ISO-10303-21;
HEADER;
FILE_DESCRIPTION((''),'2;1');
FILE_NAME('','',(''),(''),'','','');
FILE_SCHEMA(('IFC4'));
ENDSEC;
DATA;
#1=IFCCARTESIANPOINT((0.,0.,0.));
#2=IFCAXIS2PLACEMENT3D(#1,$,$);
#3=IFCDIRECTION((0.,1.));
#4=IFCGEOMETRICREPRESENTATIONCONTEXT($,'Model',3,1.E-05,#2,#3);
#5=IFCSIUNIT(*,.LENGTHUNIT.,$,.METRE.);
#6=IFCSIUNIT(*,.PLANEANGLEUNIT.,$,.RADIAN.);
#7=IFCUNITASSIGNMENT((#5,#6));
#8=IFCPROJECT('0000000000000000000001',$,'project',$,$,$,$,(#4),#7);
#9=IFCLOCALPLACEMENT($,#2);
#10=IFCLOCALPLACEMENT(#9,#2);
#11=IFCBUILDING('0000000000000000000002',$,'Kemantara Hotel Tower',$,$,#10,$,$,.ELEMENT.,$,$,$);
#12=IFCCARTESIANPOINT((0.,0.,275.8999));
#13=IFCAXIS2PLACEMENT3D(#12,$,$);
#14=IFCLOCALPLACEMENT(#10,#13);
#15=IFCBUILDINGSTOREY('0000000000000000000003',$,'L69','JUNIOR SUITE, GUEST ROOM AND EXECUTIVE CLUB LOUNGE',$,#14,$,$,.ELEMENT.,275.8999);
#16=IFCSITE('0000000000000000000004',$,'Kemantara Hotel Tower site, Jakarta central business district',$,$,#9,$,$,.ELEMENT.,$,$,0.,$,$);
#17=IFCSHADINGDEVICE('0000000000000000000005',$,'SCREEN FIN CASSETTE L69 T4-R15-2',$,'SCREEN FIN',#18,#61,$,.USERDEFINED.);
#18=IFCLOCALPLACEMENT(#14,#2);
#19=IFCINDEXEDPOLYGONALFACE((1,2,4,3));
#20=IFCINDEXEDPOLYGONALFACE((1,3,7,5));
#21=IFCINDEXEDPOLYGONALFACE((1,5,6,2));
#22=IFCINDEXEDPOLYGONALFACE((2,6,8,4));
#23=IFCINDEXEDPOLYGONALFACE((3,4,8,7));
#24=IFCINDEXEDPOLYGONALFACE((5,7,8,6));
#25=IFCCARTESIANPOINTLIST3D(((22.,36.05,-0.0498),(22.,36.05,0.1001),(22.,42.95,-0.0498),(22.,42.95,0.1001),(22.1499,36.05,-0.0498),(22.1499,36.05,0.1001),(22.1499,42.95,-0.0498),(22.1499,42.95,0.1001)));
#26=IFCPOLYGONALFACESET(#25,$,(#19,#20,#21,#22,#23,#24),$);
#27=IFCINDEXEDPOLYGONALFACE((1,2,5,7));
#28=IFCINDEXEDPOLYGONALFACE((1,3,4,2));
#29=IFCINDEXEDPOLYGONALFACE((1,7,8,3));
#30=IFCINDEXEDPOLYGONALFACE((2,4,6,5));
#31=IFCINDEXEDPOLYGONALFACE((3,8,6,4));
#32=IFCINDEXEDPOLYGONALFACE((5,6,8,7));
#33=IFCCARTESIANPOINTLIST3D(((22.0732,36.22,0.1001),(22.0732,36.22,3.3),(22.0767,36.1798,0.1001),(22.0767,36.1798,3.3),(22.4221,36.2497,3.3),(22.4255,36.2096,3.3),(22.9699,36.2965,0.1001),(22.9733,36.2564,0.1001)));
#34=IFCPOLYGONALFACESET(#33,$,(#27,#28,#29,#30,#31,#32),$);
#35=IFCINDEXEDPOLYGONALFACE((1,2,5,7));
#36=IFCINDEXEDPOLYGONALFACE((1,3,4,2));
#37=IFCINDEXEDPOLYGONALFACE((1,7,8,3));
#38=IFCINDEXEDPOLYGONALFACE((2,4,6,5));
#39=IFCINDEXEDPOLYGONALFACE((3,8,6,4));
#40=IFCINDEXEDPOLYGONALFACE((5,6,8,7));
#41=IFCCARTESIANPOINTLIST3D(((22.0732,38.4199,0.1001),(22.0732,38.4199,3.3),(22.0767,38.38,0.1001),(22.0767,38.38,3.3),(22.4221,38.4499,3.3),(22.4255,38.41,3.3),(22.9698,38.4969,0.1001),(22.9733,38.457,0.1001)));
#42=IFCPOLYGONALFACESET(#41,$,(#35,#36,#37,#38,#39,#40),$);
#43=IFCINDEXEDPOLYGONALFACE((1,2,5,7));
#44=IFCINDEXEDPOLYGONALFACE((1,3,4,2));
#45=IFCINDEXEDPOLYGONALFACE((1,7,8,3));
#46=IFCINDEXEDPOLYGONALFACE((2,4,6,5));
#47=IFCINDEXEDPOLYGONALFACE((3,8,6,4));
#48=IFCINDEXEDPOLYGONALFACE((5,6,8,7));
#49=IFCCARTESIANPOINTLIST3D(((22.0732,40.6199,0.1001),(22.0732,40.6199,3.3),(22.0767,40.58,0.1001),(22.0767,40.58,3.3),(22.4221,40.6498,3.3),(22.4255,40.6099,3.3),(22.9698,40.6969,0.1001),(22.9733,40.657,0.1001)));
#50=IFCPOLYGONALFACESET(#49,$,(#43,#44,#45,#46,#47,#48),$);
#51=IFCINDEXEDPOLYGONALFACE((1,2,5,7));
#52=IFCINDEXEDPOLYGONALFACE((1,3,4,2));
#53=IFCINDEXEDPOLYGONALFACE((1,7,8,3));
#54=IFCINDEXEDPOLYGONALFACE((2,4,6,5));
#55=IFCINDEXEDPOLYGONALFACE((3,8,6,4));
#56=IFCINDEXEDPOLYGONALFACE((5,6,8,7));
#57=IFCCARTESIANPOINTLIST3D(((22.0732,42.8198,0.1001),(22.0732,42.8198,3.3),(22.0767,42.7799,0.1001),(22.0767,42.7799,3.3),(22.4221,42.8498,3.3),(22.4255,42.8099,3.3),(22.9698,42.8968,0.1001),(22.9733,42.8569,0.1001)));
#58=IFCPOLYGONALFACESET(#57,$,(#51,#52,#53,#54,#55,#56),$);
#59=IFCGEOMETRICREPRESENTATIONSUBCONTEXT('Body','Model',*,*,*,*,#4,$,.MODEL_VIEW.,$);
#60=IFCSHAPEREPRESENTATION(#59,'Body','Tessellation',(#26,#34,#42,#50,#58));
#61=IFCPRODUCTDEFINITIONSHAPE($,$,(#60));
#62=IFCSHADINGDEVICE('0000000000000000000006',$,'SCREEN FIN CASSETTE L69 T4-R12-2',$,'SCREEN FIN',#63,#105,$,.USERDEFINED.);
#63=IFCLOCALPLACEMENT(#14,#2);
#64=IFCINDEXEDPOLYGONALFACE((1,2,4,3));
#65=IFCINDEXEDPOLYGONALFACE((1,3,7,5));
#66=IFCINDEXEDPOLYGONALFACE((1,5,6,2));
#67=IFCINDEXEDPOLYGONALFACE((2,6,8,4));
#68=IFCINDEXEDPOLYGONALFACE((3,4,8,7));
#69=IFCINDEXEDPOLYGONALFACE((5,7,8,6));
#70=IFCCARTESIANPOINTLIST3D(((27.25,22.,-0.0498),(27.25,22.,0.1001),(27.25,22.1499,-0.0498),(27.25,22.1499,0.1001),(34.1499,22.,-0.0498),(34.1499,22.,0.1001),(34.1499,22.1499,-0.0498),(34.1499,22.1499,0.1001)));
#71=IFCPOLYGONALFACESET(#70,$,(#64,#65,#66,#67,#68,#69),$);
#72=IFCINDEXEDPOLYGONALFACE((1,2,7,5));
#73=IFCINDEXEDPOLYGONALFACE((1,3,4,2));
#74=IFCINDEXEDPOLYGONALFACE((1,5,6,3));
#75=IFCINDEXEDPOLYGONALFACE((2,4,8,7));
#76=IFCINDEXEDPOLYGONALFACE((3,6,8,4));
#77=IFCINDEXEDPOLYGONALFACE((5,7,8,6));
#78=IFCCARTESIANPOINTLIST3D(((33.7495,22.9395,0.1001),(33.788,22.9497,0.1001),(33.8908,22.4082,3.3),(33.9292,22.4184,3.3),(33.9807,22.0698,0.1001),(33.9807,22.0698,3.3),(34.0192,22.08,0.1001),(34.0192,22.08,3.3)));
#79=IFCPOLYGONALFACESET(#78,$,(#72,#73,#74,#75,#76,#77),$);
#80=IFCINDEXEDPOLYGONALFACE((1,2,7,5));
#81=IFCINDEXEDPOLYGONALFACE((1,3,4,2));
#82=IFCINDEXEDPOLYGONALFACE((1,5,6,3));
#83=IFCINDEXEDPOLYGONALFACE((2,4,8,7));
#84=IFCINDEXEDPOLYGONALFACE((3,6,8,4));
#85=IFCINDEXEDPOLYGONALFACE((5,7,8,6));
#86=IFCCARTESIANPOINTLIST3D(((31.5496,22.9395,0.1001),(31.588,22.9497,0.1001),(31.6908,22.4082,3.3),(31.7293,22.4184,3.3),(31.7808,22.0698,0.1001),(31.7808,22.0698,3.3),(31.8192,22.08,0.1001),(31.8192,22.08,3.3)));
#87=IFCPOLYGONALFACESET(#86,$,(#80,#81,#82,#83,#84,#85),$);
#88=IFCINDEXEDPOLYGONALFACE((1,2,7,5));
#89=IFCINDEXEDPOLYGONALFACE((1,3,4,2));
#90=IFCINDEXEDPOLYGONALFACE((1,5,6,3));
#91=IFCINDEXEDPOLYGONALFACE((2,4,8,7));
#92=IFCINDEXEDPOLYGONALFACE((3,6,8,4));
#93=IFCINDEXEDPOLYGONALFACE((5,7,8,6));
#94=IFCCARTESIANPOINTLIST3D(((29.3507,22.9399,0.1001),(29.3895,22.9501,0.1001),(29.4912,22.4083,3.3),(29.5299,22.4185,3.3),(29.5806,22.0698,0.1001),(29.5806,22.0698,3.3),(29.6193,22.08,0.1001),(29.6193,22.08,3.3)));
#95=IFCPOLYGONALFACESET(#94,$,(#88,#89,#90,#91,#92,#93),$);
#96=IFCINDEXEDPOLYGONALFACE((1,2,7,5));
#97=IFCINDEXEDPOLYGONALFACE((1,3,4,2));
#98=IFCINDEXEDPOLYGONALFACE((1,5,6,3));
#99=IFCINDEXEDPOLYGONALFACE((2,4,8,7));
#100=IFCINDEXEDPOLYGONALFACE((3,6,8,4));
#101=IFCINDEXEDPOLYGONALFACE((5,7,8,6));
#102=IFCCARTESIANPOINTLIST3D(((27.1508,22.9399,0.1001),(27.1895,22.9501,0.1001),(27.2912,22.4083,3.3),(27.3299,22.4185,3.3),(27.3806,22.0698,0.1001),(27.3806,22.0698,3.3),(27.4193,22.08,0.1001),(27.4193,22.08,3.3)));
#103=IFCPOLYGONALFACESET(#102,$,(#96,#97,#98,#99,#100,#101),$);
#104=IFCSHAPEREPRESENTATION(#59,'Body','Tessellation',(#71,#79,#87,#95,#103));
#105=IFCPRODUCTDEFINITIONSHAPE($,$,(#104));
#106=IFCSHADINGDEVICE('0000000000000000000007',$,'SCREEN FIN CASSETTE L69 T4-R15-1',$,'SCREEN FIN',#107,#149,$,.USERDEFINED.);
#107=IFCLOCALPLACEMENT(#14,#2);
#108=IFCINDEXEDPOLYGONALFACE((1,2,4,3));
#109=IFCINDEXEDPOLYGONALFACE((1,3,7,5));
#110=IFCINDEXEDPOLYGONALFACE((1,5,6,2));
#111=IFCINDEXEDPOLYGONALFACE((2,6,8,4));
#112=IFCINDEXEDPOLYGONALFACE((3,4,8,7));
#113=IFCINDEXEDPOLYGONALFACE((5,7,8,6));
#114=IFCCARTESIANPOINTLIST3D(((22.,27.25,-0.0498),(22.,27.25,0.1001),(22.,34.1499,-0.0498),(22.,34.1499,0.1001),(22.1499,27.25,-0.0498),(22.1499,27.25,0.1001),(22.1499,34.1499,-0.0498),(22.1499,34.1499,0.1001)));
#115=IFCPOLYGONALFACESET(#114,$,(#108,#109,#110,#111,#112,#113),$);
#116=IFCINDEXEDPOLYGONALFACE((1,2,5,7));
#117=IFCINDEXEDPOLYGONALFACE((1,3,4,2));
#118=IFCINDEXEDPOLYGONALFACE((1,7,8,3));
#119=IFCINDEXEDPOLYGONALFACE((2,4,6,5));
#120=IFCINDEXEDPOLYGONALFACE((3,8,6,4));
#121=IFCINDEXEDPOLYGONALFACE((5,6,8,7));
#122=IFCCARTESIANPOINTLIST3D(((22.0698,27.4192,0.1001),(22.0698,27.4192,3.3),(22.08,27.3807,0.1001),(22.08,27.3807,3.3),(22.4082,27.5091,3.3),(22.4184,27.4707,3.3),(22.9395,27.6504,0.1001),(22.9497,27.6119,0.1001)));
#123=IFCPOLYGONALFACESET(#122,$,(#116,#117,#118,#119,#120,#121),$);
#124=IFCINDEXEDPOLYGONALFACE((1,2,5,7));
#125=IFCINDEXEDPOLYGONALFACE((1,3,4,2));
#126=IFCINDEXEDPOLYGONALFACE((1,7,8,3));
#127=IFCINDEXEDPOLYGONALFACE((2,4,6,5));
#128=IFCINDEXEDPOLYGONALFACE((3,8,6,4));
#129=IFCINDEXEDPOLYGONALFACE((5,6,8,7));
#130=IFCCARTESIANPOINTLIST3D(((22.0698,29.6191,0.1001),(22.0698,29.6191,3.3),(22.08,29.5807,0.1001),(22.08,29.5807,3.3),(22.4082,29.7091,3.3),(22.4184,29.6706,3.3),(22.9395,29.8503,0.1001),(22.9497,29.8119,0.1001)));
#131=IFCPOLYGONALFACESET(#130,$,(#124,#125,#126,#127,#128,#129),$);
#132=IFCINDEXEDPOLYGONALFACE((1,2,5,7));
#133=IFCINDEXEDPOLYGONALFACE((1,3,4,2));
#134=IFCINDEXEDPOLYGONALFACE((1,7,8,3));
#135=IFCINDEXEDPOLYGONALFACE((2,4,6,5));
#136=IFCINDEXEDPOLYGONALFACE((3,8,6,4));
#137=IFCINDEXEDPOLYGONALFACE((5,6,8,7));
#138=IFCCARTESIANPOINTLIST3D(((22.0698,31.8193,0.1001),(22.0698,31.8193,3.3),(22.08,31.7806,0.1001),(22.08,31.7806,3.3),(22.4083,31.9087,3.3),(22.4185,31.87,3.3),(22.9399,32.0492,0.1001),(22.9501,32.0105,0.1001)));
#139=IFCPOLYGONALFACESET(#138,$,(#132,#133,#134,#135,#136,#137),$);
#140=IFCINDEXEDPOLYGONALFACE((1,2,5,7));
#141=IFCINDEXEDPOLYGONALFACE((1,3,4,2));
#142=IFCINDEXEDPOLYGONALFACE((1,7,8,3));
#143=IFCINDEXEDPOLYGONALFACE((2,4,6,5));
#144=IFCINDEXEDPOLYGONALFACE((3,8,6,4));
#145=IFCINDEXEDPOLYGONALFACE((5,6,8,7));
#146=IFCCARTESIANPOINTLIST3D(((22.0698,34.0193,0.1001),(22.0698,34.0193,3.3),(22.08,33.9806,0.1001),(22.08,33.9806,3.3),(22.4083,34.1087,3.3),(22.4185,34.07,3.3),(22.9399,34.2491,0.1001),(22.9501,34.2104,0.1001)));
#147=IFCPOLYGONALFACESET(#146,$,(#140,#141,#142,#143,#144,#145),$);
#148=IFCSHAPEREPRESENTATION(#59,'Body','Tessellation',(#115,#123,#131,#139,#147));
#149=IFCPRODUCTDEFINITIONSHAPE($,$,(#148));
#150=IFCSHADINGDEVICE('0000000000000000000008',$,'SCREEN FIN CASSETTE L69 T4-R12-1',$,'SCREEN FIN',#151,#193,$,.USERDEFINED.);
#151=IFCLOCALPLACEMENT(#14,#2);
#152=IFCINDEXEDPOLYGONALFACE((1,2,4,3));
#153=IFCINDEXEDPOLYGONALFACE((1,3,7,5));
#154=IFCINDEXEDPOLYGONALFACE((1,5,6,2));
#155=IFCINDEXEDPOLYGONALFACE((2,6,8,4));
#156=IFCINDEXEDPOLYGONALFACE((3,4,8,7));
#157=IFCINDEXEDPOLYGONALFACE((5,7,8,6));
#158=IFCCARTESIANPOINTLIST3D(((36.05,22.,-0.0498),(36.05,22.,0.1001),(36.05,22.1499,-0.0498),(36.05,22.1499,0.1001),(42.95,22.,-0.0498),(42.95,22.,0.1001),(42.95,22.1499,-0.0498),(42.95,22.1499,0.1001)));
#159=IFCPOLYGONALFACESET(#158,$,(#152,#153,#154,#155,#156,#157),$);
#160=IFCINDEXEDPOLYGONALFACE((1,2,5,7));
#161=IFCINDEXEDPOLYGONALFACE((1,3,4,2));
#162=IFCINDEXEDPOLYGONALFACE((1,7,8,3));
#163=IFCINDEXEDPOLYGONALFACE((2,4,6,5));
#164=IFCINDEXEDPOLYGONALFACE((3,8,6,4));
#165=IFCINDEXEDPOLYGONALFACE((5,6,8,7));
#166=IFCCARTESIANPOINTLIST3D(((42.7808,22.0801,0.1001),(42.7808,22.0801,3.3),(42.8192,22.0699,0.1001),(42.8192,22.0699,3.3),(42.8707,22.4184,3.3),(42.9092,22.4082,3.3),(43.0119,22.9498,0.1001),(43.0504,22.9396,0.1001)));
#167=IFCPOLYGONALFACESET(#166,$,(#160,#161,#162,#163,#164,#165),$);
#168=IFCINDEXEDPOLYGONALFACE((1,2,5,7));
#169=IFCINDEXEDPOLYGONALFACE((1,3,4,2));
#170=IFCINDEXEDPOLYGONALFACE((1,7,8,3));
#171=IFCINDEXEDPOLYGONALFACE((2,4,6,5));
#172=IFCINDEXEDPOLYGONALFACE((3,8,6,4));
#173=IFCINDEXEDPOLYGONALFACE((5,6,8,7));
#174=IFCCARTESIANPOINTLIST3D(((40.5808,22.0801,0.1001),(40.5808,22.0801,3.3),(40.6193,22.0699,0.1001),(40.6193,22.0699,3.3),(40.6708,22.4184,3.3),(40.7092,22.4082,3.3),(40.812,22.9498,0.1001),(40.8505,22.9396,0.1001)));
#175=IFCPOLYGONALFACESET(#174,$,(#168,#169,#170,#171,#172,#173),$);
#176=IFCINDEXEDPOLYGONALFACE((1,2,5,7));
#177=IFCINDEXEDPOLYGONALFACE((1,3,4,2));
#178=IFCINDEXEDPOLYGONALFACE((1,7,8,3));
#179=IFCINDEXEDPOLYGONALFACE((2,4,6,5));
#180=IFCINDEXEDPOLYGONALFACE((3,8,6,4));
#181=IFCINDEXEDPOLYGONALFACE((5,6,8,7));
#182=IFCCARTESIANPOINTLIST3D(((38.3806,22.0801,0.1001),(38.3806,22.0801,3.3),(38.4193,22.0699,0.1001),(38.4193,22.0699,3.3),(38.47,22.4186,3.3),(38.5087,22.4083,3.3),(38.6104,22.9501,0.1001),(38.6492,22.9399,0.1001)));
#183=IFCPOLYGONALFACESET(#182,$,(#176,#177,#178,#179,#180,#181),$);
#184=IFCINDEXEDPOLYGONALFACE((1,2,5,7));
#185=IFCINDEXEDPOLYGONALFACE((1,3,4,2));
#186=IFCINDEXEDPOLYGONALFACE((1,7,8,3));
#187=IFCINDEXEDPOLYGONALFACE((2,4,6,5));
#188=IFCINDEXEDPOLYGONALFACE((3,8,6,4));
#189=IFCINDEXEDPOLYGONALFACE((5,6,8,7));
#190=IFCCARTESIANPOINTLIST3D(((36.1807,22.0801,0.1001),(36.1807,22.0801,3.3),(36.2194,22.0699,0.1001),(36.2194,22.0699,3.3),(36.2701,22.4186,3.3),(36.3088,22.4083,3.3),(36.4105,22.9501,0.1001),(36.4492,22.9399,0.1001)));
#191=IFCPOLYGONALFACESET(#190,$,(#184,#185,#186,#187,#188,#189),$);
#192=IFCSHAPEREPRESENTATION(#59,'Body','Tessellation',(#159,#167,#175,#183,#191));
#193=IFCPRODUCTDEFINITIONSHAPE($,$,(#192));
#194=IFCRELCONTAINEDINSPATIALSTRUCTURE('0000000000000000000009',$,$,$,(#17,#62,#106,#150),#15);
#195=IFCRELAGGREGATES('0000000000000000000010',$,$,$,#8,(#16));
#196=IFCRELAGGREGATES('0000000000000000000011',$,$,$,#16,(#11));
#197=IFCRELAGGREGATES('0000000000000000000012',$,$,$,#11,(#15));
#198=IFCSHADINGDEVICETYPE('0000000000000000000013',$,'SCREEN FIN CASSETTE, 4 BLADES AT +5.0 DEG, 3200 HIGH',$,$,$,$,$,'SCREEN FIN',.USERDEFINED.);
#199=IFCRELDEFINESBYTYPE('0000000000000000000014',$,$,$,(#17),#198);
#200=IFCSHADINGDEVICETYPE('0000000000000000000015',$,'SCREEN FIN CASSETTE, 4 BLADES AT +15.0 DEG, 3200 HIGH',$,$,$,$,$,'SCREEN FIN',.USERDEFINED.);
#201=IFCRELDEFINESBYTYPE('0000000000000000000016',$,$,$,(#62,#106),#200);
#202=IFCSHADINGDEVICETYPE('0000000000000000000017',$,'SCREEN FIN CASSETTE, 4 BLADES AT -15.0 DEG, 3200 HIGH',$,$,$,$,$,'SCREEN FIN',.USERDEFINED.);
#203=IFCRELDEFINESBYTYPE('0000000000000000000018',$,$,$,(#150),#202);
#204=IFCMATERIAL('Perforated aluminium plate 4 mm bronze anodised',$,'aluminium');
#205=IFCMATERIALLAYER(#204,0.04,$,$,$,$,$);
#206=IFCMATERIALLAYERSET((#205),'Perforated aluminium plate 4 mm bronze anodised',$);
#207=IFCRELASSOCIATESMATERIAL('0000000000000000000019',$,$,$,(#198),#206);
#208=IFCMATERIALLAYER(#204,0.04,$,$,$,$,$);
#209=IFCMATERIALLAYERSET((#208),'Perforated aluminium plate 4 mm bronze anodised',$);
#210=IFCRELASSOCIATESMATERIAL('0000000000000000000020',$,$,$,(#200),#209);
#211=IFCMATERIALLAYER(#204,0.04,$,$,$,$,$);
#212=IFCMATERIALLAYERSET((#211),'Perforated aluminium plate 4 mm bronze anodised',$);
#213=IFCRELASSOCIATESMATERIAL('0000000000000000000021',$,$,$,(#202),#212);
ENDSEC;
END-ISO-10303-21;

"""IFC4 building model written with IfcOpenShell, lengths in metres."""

from ifc_helpers import new_model, si_unit, direction, frame, origin, origin_2d, place, context, subcontext, project, spatial, polyline, rectangle, outline, extrude, source, transform, mapped, material, layer, layer_set, type_object, element, save


model = new_model("IFC4")

# Units and contexts
model_context = context("Model", 3, precision=1e-05, world=origin(), true_north=direction((0.0, 1.0)))
body_context = subcontext(model_context, "Body", "Model", "MODEL_VIEW")
ifc_project = project(units=[si_unit("LENGTHUNIT", "METRE"), si_unit("PLANEANGLEUNIT", "RADIAN")], contexts=[model_context])

# Site, building, storey
site_placement = place(None, origin())
site = spatial("IfcSite", under=ifc_project, at=site_placement, Name="Kemantara Hotel Tower site, Jakarta central business district", CompositionType="ELEMENT", RefElevation=0.0)
building_placement = place(site_placement, origin())
building = spatial("IfcBuilding", under=site, at=building_placement, Name="Kemantara Hotel Tower", CompositionType="ELEMENT")
storey_placement = place(building_placement, frame((0.0, 0.0, 275.8999)))
storey = spatial("IfcBuildingStorey", under=building, at=storey_placement, Name="L69", Description="JUNIOR SUITE, GUEST ROOM AND EXECUTIVE CLUB LOUNGE", CompositionType="ELEMENT", Elevation=275.8999)

# Shading devices
ifc_material_1 = material(Name="Perforated aluminium plate 4 mm bronze anodised", Category="aluminium")
ifc_layer_1 = layer(ifc_material_1, 0.04)
ifc_layer_set_1 = layer_set([ifc_layer_1], Name="Perforated aluminium plate 4 mm bronze anodised")
shading_device_type_1 = type_object("IfcShadingDeviceType", Name="SCREEN FIN CASSETTE, 4 BLADES AT +5.0 DEG, 3200 HIGH", ElementType="SCREEN FIN", PredefinedType="USERDEFINED", material=ifc_layer_set_1)
shared_shape_1 = source(origin(), body_context, "Body", "SweptSolid", [
    extrude(rectangle(XDim=6.8999, YDim=0.1499, at=origin_2d()), frame((3.3, -0.075, -0.1499), z_axis=(0.0, 0.0, 1.0), x_axis=(1.0, 0.0, 0.0)), (0.0, 0.0, 1.0), 0.1499),
    extrude(outline(polyline([(0.0, 0.0), (0.8999, 0.0), (0.3501, 3.2), (0.0, 3.2), (0.0, 0.0)])), frame((0.02, -0.0732, 0.0), z_axis=(-0.996376, -0.085056, 0.0), x_axis=(0.085056, -0.996376, 0.0)), (0.0, 0.0, 1.0), 0.0403),
    extrude(outline(polyline([(0.0, 0.0), (0.8999, 0.0), (0.3501, 3.2), (0.0, 3.2), (0.0, 0.0)])), frame((2.22, -0.0732, 0.0), z_axis=(-0.996332, -0.085575, 0.0), x_axis=(0.085575, -0.996332, 0.0)), (0.0, 0.0, 1.0), 0.04),
    extrude(outline(polyline([(0.0, 0.0), (0.8999, 0.0), (0.3501, 3.2), (0.0, 3.2), (0.0, 0.0)])), frame((4.4199, -0.0732, 0.0), z_axis=(-0.996332, -0.085575, 0.0), x_axis=(0.085575, -0.996332, 0.0)), (0.0, 0.0, 1.0), 0.04),
    extrude(outline(polyline([(0.0, 0.0), (0.8999, 0.0), (0.3501, 3.2), (0.0, 3.2), (0.0, 0.0)])), frame((6.6199, -0.0732, 0.0), z_axis=(-0.996332, -0.085575, 0.0), x_axis=(0.085575, -0.996332, 0.0)), (0.0, 0.0, 1.0), 0.04),
])
shading_device_1_placement = place(storey_placement, frame((22.0, 36.2, 0.1001), z_axis=(0.0, 0.0, 1.0), x_axis=(0.0, 1.0, 0.0)))
element("IfcShadingDevice", 1, at=shading_device_1_placement, inside=storey, type_object=shading_device_type_1, Name="SCREEN FIN CASSETTE L69 T4-R15-2", ObjectType="SCREEN FIN", PredefinedType="USERDEFINED", context=body_context, shape_type="MappedRepresentation", body=[
    mapped(shared_shape_1, transform((0.0, 0.0, 0.0))),
])
ifc_layer_2 = layer(ifc_material_1, 0.04)
ifc_layer_set_2 = layer_set([ifc_layer_2], Name="Perforated aluminium plate 4 mm bronze anodised")
shading_device_type_2 = type_object("IfcShadingDeviceType", Name="SCREEN FIN CASSETTE, 4 BLADES AT +15.0 DEG, 3200 HIGH", ElementType="SCREEN FIN", PredefinedType="USERDEFINED", material=ifc_layer_set_2)
shared_shape_2 = source(origin(), body_context, "Body", "SweptSolid", [
    extrude(rectangle(XDim=6.8999, YDim=0.1499, at=origin_2d()), frame((3.3, -0.075, -0.1499), z_axis=(0.0, 0.0, 1.0), x_axis=(1.0, 0.0, 0.0)), (0.0, 0.0, 1.0), 0.1499),
    extrude(outline(polyline([(0.0, 0.0), (0.8999, 0.0), (0.3501, 3.2), (0.0, 3.2), (0.0, 0.0)])), frame((0.0193, -0.0698, 0.0), z_axis=(-0.966438, -0.256901, 0.0), x_axis=(0.256901, -0.966438, 0.0)), (0.0, 0.0, 1.0), 0.0398),
    extrude(outline(polyline([(0.0, 0.0), (0.8999, 0.0), (0.3501, 3.2), (0.0, 3.2), (0.0, 0.0)])), frame((2.2192, -0.0698, 0.0), z_axis=(-0.966438, -0.256901, 0.0), x_axis=(0.256901, -0.966438, 0.0)), (0.0, 0.0, 1.0), 0.0398),
    extrude(outline(polyline([(0.0, 0.0), (0.8999, 0.0), (0.3501, 3.2), (0.0, 3.2), (0.0, 0.0)])), frame((4.4194, -0.0698, 0.0), z_axis=(-0.966838, -0.255391, 0.0), x_axis=(0.255391, -0.966838, 0.0)), (0.0, 0.0, 1.0), 0.04),
    extrude(outline(polyline([(0.0, 0.0), (0.8999, 0.0), (0.3501, 3.2), (0.0, 3.2), (0.0, 0.0)])), frame((6.6194, -0.0698, 0.0), z_axis=(-0.966838, -0.255391, 0.0), x_axis=(0.255391, -0.966838, 0.0)), (0.0, 0.0, 1.0), 0.04),
])
for number, where, z_axis, x_axis, name in (
    (2, (34.0, 22.0, 0.1001), (0.0, 0.0, 1.0), (-1.0, 0.0, 0.0), "SCREEN FIN CASSETTE L69 T4-R12-2"),
    (3, (22.0, 27.3999, 0.1001), (0.0, 0.0, 1.0), (0.0, 1.0, 0.0), "SCREEN FIN CASSETTE L69 T4-R15-1"),
):
    element("IfcShadingDevice", number, at=place(storey_placement, frame(where, z_axis=z_axis, x_axis=x_axis)), inside=storey, type_object=shading_device_type_2, Name=name, ObjectType="SCREEN FIN", PredefinedType="USERDEFINED", context=body_context, shape_type="MappedRepresentation", body=[
        mapped(shared_shape_2, transform((0.0, 0.0, 0.0))),
    ])
ifc_layer_3 = layer(ifc_material_1, 0.04)
ifc_layer_set_3 = layer_set([ifc_layer_3], Name="Perforated aluminium plate 4 mm bronze anodised")
shading_device_type_3 = type_object("IfcShadingDeviceType", Name="SCREEN FIN CASSETTE, 4 BLADES AT -15.0 DEG, 3200 HIGH", ElementType="SCREEN FIN", PredefinedType="USERDEFINED", material=ifc_layer_set_3)
shared_shape_3 = source(origin(), body_context, "Body", "SweptSolid", [
    extrude(rectangle(XDim=6.8999, YDim=0.1499, at=origin_2d()), frame((3.3, -0.075, -0.1499), z_axis=(0.0, 0.0, 1.0), x_axis=(1.0, 0.0, 0.0)), (0.0, 0.0, 1.0), 0.1499),
    extrude(outline(polyline([(0.0, 0.0), (0.8999, 0.0), (0.3501, 3.2), (0.0, 3.2), (0.0, 0.0)])), frame((0.0193, -0.0801, 0.0), z_axis=(-0.966438, 0.256901, 0.0), x_axis=(-0.256901, -0.966438, 0.0)), (0.0, 0.0, 1.0), 0.0398),
    extrude(outline(polyline([(0.0, 0.0), (0.8999, 0.0), (0.3501, 3.2), (0.0, 3.2), (0.0, 0.0)])), frame((2.2192, -0.0801, 0.0), z_axis=(-0.966438, 0.256901, 0.0), x_axis=(-0.256901, -0.966438, 0.0)), (0.0, 0.0, 1.0), 0.0398),
    extrude(outline(polyline([(0.0, 0.0), (0.8999, 0.0), (0.3501, 3.2), (0.0, 3.2), (0.0, 0.0)])), frame((4.4194, -0.0801, 0.0), z_axis=(-0.966838, 0.255391, 0.0), x_axis=(-0.255391, -0.966838, 0.0)), (0.0, 0.0, 1.0), 0.04),
    extrude(outline(polyline([(0.0, 0.0), (0.8999, 0.0), (0.3501, 3.2), (0.0, 3.2), (0.0, 0.0)])), frame((6.6194, -0.0801, 0.0), z_axis=(-0.966838, 0.255391, 0.0), x_axis=(-0.255391, -0.966838, 0.0)), (0.0, 0.0, 1.0), 0.04),
])
shading_device_2_placement = place(storey_placement, frame((42.8, 22.0, 0.1001), z_axis=(0.0, 0.0, 1.0), x_axis=(-1.0, 0.0, 0.0)))
element("IfcShadingDevice", 4, at=shading_device_2_placement, inside=storey, type_object=shading_device_type_3, Name="SCREEN FIN CASSETTE L69 T4-R12-1", ObjectType="SCREEN FIN", PredefinedType="USERDEFINED", context=body_context, shape_type="MappedRepresentation", body=[
    mapped(shared_shape_3, transform((0.0, 0.0, 0.0))),
])

save(model, "model.ifc")
